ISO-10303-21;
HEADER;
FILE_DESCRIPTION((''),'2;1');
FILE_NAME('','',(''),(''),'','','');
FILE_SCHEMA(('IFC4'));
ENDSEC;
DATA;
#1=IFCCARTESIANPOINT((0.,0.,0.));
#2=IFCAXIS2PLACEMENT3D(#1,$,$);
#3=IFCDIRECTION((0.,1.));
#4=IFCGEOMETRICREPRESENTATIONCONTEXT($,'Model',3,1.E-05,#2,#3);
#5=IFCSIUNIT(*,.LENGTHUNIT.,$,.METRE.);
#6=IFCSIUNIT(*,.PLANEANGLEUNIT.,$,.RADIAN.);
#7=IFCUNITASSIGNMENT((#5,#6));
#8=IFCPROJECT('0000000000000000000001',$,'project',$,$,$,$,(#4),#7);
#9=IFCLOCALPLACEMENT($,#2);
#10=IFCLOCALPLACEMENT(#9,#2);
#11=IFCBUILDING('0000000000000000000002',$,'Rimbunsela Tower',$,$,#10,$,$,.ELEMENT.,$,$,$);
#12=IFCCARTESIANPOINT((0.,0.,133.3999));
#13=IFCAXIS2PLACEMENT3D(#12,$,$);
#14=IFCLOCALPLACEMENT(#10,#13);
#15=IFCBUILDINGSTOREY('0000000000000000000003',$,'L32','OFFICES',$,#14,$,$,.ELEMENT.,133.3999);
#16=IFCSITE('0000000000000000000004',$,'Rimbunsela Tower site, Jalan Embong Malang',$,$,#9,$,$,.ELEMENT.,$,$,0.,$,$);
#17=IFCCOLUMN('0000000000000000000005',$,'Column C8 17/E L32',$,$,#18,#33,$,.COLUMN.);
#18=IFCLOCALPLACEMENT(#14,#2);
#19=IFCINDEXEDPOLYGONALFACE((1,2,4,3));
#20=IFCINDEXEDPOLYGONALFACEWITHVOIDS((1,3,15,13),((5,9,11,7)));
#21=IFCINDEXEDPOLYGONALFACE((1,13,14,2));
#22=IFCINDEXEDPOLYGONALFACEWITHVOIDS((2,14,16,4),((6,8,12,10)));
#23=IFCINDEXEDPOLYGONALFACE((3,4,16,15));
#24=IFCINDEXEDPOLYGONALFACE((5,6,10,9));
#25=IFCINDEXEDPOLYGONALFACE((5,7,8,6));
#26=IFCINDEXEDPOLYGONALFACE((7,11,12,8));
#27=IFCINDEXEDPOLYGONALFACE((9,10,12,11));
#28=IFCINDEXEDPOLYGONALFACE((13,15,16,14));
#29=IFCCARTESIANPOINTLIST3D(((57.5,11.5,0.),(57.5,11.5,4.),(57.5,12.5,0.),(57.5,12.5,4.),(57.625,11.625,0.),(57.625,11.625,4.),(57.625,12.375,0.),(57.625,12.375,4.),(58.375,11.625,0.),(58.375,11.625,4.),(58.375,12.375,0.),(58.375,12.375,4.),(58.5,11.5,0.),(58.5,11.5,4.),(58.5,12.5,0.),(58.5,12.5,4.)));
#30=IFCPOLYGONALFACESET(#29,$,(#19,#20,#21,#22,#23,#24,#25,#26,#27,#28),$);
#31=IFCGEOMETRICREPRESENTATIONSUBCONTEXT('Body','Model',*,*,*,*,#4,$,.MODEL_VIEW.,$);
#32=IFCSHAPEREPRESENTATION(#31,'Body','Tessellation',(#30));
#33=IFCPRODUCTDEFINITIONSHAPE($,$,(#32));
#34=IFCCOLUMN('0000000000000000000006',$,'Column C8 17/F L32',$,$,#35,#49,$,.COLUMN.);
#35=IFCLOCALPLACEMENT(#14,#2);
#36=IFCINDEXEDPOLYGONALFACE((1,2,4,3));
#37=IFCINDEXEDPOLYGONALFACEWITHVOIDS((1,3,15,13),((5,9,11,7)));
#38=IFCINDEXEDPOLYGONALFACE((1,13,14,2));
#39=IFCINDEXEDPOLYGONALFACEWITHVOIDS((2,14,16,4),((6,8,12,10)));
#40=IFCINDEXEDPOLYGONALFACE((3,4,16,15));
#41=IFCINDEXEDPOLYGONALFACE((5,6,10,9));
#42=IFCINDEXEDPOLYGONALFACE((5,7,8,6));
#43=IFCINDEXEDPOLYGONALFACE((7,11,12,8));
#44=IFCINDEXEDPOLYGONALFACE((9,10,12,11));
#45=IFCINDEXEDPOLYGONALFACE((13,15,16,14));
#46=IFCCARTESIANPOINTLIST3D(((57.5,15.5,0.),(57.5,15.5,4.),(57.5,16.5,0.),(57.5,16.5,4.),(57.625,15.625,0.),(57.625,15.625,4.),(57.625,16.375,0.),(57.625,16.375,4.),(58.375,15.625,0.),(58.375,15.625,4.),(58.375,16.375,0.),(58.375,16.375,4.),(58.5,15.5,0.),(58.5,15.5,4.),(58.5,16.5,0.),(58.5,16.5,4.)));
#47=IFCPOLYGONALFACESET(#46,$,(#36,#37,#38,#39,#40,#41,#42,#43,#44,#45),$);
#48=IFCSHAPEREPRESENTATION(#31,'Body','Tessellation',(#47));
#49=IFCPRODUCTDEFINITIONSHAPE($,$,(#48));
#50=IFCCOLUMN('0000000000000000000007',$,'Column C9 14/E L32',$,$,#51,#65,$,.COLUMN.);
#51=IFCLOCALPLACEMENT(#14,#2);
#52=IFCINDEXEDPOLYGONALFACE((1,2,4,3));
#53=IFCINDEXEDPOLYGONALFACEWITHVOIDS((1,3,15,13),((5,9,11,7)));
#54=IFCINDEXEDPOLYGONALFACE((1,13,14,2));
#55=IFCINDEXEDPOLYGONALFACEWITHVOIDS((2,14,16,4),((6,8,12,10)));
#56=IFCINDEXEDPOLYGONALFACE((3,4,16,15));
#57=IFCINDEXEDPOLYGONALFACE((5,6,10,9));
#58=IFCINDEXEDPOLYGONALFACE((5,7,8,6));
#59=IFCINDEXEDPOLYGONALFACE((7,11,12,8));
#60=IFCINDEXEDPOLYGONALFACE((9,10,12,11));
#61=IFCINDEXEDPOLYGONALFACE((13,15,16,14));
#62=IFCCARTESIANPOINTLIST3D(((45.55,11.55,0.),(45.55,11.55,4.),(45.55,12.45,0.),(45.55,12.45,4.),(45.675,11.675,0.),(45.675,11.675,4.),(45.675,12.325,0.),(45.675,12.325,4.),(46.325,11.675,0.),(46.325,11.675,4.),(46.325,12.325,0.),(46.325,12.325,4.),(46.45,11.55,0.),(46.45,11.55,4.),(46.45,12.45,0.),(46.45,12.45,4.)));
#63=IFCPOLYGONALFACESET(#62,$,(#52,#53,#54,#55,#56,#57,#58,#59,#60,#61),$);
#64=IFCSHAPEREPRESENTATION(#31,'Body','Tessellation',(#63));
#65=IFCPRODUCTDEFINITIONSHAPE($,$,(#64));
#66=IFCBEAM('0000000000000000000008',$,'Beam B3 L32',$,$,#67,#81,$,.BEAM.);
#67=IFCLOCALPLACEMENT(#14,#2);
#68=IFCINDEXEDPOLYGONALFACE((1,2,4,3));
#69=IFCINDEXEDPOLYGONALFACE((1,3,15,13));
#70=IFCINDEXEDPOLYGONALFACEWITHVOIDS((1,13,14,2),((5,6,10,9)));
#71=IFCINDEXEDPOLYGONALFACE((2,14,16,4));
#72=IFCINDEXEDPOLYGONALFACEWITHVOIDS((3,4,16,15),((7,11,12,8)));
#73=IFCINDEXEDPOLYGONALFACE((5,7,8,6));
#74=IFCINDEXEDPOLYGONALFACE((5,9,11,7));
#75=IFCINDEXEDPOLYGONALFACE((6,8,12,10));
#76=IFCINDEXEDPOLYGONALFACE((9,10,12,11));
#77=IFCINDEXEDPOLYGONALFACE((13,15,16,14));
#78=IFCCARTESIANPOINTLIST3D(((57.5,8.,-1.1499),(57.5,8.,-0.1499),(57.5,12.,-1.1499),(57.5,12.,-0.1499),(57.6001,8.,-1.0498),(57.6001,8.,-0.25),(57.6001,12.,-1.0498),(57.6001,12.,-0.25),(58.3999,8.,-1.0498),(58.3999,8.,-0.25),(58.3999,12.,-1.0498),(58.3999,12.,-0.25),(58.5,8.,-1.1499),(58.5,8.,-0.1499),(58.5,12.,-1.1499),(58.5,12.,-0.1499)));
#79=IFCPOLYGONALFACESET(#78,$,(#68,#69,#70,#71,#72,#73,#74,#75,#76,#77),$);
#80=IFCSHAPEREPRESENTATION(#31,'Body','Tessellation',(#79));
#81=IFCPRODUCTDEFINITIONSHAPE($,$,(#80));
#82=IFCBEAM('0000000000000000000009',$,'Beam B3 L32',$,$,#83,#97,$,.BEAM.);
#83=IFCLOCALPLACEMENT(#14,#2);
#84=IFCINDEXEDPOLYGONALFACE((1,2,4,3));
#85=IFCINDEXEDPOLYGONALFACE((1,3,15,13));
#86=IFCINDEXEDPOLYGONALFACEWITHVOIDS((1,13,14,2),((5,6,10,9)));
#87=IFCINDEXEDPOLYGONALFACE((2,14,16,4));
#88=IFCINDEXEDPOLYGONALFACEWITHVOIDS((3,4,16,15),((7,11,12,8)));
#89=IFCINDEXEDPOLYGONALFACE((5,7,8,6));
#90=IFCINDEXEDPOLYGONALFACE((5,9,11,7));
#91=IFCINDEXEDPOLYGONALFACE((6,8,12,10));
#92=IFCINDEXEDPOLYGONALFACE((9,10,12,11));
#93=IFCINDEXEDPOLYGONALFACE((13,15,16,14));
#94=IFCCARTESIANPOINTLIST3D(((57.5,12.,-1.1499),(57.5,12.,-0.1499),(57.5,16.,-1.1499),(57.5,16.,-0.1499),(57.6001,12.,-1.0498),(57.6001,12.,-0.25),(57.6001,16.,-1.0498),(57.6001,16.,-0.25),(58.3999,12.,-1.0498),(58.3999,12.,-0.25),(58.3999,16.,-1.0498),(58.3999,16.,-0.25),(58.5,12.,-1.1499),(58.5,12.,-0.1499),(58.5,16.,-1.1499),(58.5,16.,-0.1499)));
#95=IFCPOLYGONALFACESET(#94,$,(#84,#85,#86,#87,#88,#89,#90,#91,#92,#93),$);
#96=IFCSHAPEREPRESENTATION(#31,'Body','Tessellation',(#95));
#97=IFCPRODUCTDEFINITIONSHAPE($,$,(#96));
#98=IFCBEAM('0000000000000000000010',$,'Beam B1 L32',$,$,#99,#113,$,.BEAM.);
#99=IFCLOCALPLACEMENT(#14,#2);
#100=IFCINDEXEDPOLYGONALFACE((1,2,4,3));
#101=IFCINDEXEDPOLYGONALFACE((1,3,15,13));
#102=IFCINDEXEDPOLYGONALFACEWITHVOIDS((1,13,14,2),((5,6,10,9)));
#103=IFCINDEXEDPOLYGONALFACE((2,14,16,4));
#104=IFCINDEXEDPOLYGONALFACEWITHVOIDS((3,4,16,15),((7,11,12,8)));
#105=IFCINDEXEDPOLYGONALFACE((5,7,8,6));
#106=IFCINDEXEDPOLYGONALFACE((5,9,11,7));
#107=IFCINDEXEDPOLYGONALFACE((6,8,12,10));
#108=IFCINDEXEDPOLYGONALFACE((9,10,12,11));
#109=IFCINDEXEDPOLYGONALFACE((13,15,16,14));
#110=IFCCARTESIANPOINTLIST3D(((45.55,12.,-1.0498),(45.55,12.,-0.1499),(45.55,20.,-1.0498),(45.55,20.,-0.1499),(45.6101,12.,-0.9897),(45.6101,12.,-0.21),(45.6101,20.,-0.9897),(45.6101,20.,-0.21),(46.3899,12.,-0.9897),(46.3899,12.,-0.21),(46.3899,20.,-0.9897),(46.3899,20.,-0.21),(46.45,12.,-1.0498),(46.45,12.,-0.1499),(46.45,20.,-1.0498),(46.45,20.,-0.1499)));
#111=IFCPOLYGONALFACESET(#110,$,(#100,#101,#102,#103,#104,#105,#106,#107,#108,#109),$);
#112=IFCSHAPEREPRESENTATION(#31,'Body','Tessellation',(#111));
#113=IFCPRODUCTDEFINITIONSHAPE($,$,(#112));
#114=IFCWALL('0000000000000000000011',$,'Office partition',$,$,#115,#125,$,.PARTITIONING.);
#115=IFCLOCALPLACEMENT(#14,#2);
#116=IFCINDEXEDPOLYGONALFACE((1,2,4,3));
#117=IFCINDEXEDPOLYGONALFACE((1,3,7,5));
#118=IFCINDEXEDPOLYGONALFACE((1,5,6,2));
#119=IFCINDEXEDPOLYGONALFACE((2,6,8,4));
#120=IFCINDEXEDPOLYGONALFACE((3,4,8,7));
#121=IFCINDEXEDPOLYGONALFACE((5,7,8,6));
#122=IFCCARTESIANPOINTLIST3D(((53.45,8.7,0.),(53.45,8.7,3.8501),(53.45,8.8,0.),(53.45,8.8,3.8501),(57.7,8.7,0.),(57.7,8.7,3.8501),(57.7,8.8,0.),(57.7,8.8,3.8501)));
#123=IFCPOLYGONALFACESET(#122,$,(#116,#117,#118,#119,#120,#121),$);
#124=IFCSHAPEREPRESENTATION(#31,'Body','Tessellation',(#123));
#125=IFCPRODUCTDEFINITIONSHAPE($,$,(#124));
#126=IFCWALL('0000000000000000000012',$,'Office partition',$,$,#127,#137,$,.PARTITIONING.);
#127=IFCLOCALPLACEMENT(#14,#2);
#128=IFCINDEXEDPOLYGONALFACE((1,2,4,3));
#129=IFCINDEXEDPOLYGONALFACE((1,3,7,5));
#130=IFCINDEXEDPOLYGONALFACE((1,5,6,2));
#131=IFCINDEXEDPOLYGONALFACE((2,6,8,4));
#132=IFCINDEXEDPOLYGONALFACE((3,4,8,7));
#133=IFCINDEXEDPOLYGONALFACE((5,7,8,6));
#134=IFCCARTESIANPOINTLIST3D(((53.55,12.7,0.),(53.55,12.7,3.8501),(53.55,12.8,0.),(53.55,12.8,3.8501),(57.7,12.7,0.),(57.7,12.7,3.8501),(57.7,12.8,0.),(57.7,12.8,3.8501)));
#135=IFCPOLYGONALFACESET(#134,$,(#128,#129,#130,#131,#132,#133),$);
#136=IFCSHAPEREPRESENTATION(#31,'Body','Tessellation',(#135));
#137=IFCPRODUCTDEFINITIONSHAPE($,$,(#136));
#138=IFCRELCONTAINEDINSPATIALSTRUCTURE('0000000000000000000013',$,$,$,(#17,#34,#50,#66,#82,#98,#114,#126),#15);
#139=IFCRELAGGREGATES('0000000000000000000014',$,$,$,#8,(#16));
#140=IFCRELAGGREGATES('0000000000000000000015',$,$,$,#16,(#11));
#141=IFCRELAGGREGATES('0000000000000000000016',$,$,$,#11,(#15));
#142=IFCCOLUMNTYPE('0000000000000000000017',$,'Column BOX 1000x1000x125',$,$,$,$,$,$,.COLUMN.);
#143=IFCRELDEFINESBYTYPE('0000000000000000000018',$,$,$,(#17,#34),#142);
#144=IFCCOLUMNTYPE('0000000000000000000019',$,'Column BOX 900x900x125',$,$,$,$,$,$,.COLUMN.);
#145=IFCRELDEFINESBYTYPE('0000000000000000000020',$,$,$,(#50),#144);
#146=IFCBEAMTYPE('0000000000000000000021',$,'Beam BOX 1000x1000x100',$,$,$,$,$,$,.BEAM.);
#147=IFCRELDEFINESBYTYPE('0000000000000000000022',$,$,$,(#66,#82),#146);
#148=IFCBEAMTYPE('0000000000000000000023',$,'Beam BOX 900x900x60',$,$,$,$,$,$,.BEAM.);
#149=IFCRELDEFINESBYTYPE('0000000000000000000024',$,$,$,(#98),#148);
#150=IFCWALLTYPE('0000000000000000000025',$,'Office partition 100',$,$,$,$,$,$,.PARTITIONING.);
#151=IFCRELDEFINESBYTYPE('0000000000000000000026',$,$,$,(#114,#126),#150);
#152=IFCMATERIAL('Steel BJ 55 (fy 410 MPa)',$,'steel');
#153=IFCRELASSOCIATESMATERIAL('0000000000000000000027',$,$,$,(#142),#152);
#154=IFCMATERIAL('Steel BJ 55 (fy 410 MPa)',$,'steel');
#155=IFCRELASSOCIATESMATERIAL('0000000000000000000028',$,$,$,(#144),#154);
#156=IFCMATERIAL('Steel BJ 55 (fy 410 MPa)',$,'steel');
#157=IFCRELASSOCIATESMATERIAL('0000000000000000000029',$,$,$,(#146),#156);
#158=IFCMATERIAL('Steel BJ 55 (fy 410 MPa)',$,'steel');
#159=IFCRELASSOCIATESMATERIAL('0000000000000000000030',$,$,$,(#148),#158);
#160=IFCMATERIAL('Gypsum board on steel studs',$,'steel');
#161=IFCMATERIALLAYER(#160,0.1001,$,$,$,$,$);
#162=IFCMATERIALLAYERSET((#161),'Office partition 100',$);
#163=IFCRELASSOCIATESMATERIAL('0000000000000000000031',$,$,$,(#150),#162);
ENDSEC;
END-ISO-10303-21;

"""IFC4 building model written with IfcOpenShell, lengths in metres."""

from ifc_helpers import new_model, si_unit, direction, frame, frame_2d, origin, origin_2d, place, context, subcontext, project, spatial, rectangle, hollow_rectangle, extrude, material, layer, layer_set, material_profile, profile_set, type_object, element, save


model = new_model("IFC4")

# Units and contexts
model_context = context("Model", 3, precision=1e-05, world=origin(), true_north=direction((0.0, 1.0)))
body_context = subcontext(model_context, "Body", "Model", "MODEL_VIEW")
ifc_project = project(units=[si_unit("LENGTHUNIT", "METRE"), si_unit("PLANEANGLEUNIT", "RADIAN")], contexts=[model_context])

# Site, building, storey
site_placement = place(None, origin())
site = spatial("IfcSite", under=ifc_project, at=site_placement, Name="Rimbunsela Tower site, Jalan Embong Malang", CompositionType="ELEMENT", RefElevation=0.0)
building_placement = place(site_placement, origin())
building = spatial("IfcBuilding", under=site, at=building_placement, Name="Rimbunsela Tower", CompositionType="ELEMENT")
storey_placement = place(building_placement, frame((0.0, 0.0, 133.3999)))
storey = spatial("IfcBuildingStorey", under=building, at=storey_placement, Name="L32", Description="OFFICES", CompositionType="ELEMENT", Elevation=133.3999)

# Columns
ifc_material_1 = material(Name="Steel BJ 55 (fy 410 MPa)", Category="steel")
ifc_material_profile_1 = material_profile(ifc_material_1, hollow_rectangle(XDim=1.0, YDim=1.0, WallThickness=0.125, at=origin_2d()), Name="BOX 1000x1000x125")
ifc_profile_set_1 = profile_set([ifc_material_profile_1], Name="Steel BJ 55 (fy 410 MPa)")
column_type_1 = type_object("IfcColumnType", Name="Column BOX 1000x1000x125", PredefinedType="COLUMN", material=ifc_profile_set_1)
for number, where, z_axis, x_axis, name in (
    (1, (58.0, 12.0, 0.0), (0.0, 0.0, 1.0), (1.0, 0.0, 0.0), "Column C8 17/E L32"),
    (2, (58.0, 16.0, 0.0), (0.0, 0.0, 1.0), (1.0, 0.0, 0.0), "Column C8 17/F L32"),
):
    element("IfcColumn", number, at=place(storey_placement, frame(where, z_axis=z_axis, x_axis=x_axis)), inside=storey, type_object=column_type_1, Name=name, PredefinedType="COLUMN", context=body_context, shape_type="SweptSolid", body=[
        extrude(hollow_rectangle(XDim=1.0, YDim=1.0, WallThickness=0.125, at=origin_2d()), origin(), (0.0, 0.0, 1.0), 4.0),
    ])
ifc_material_2 = material(Name="Steel BJ 55 (fy 410 MPa)", Category="steel")
ifc_material_profile_2 = material_profile(ifc_material_2, hollow_rectangle(XDim=0.8999, YDim=0.8999, WallThickness=0.125, at=origin_2d()), Name="BOX 900x900x125")
ifc_profile_set_2 = profile_set([ifc_material_profile_2], Name="Steel BJ 55 (fy 410 MPa)")
column_type_2 = type_object("IfcColumnType", Name="Column BOX 900x900x125", PredefinedType="COLUMN", material=ifc_profile_set_2)
column_placement = place(storey_placement, frame((46.0, 12.0, 0.0), z_axis=(0.0, 0.0, 1.0), x_axis=(1.0, 0.0, 0.0)))
element("IfcColumn", 3, at=column_placement, inside=storey, type_object=column_type_2, Name="Column C9 14/E L32", PredefinedType="COLUMN", context=body_context, shape_type="SweptSolid", body=[
    extrude(hollow_rectangle(XDim=0.8999, YDim=0.8999, WallThickness=0.125, at=origin_2d()), origin(), (0.0, 0.0, 1.0), 4.0),
])

# Beams
ifc_material_3 = material(Name="Steel BJ 55 (fy 410 MPa)", Category="steel")
ifc_material_profile_3 = material_profile(ifc_material_3, hollow_rectangle(XDim=1.0, YDim=1.0, WallThickness=0.1001, at=origin_2d()), Name="BOX 1000x1000x100")
ifc_profile_set_3 = profile_set([ifc_material_profile_3], Name="Steel BJ 55 (fy 410 MPa)")
beam_type_1 = type_object("IfcBeamType", Name="Beam BOX 1000x1000x100", PredefinedType="BEAM", material=ifc_profile_set_3)
for number, where, z_axis, x_axis, name in (
    (4, (58.0, 8.0, -0.6499), (0.0, 1.0, 0.0), (-1.0, 0.0, 0.0), "Beam B3 L32"),
    (5, (58.0, 12.0, -0.6499), (0.0, 1.0, 0.0), (-1.0, 0.0, 0.0), "Beam B3 L32"),
):
    element("IfcBeam", number, at=place(storey_placement, frame(where, z_axis=z_axis, x_axis=x_axis)), inside=storey, type_object=beam_type_1, Name=name, PredefinedType="BEAM", context=body_context, shape_type="SweptSolid", body=[
        extrude(hollow_rectangle(XDim=1.0, YDim=1.0, WallThickness=0.1001, at=origin_2d()), origin(), (0.0, 0.0, 1.0), 4.0),
    ])
ifc_material_4 = material(Name="Steel BJ 55 (fy 410 MPa)", Category="steel")
ifc_material_profile_4 = material_profile(ifc_material_4, hollow_rectangle(XDim=0.8999, YDim=0.8999, WallThickness=0.0601, at=origin_2d()), Name="BOX 900x900x60")
ifc_profile_set_4 = profile_set([ifc_material_profile_4], Name="Steel BJ 55 (fy 410 MPa)")
beam_type_2 = type_object("IfcBeamType", Name="Beam BOX 900x900x60", PredefinedType="BEAM", material=ifc_profile_set_4)
beam_placement = place(storey_placement, frame((46.0, 12.0, -0.5999), z_axis=(0.0, 1.0, 0.0), x_axis=(-1.0, 0.0, 0.0)))
element("IfcBeam", 6, at=beam_placement, inside=storey, type_object=beam_type_2, Name="Beam B1 L32", PredefinedType="BEAM", context=body_context, shape_type="SweptSolid", body=[
    extrude(hollow_rectangle(XDim=0.8999, YDim=0.8999, WallThickness=0.0601, at=origin_2d()), origin(), (0.0, 0.0, 1.0), 8.0),
])

# Walls
ifc_material_5 = material(Name="Gypsum board on steel studs", Category="steel")
ifc_layer_1 = layer(ifc_material_5, 0.1001)
ifc_layer_set_1 = layer_set([ifc_layer_1], Name="Office partition 100")
wall_type_1 = type_object("IfcWallType", Name="Office partition 100", PredefinedType="PARTITIONING", material=ifc_layer_set_1)
wall_1_placement = place(storey_placement, frame((53.45, 8.75, 0.0), z_axis=(0.0, 0.0, 1.0), x_axis=(1.0, 0.0, 0.0)))
element("IfcWall", 7, at=wall_1_placement, inside=storey, type_object=wall_type_1, Name="Office partition", PredefinedType="PARTITIONING", context=body_context, shape_type="SweptSolid", body=[
    extrude(rectangle(XDim=4.25, YDim=0.1001, at=frame_2d((2.125, 0.0))), origin(), (0.0, 0.0, 1.0), 3.8501),
])
wall_2_placement = place(storey_placement, frame((53.55, 12.75, 0.0), z_axis=(0.0, 0.0, 1.0), x_axis=(1.0, 0.0, 0.0)))
element("IfcWall", 8, at=wall_2_placement, inside=storey, type_object=wall_type_1, Name="Office partition", PredefinedType="PARTITIONING", context=body_context, shape_type="SweptSolid", body=[
    extrude(rectangle(XDim=4.1499, YDim=0.1001, at=frame_2d((2.075, 0.0))), origin(), (0.0, 0.0, 1.0), 3.8501),
])

save(model, "model.ifc")
